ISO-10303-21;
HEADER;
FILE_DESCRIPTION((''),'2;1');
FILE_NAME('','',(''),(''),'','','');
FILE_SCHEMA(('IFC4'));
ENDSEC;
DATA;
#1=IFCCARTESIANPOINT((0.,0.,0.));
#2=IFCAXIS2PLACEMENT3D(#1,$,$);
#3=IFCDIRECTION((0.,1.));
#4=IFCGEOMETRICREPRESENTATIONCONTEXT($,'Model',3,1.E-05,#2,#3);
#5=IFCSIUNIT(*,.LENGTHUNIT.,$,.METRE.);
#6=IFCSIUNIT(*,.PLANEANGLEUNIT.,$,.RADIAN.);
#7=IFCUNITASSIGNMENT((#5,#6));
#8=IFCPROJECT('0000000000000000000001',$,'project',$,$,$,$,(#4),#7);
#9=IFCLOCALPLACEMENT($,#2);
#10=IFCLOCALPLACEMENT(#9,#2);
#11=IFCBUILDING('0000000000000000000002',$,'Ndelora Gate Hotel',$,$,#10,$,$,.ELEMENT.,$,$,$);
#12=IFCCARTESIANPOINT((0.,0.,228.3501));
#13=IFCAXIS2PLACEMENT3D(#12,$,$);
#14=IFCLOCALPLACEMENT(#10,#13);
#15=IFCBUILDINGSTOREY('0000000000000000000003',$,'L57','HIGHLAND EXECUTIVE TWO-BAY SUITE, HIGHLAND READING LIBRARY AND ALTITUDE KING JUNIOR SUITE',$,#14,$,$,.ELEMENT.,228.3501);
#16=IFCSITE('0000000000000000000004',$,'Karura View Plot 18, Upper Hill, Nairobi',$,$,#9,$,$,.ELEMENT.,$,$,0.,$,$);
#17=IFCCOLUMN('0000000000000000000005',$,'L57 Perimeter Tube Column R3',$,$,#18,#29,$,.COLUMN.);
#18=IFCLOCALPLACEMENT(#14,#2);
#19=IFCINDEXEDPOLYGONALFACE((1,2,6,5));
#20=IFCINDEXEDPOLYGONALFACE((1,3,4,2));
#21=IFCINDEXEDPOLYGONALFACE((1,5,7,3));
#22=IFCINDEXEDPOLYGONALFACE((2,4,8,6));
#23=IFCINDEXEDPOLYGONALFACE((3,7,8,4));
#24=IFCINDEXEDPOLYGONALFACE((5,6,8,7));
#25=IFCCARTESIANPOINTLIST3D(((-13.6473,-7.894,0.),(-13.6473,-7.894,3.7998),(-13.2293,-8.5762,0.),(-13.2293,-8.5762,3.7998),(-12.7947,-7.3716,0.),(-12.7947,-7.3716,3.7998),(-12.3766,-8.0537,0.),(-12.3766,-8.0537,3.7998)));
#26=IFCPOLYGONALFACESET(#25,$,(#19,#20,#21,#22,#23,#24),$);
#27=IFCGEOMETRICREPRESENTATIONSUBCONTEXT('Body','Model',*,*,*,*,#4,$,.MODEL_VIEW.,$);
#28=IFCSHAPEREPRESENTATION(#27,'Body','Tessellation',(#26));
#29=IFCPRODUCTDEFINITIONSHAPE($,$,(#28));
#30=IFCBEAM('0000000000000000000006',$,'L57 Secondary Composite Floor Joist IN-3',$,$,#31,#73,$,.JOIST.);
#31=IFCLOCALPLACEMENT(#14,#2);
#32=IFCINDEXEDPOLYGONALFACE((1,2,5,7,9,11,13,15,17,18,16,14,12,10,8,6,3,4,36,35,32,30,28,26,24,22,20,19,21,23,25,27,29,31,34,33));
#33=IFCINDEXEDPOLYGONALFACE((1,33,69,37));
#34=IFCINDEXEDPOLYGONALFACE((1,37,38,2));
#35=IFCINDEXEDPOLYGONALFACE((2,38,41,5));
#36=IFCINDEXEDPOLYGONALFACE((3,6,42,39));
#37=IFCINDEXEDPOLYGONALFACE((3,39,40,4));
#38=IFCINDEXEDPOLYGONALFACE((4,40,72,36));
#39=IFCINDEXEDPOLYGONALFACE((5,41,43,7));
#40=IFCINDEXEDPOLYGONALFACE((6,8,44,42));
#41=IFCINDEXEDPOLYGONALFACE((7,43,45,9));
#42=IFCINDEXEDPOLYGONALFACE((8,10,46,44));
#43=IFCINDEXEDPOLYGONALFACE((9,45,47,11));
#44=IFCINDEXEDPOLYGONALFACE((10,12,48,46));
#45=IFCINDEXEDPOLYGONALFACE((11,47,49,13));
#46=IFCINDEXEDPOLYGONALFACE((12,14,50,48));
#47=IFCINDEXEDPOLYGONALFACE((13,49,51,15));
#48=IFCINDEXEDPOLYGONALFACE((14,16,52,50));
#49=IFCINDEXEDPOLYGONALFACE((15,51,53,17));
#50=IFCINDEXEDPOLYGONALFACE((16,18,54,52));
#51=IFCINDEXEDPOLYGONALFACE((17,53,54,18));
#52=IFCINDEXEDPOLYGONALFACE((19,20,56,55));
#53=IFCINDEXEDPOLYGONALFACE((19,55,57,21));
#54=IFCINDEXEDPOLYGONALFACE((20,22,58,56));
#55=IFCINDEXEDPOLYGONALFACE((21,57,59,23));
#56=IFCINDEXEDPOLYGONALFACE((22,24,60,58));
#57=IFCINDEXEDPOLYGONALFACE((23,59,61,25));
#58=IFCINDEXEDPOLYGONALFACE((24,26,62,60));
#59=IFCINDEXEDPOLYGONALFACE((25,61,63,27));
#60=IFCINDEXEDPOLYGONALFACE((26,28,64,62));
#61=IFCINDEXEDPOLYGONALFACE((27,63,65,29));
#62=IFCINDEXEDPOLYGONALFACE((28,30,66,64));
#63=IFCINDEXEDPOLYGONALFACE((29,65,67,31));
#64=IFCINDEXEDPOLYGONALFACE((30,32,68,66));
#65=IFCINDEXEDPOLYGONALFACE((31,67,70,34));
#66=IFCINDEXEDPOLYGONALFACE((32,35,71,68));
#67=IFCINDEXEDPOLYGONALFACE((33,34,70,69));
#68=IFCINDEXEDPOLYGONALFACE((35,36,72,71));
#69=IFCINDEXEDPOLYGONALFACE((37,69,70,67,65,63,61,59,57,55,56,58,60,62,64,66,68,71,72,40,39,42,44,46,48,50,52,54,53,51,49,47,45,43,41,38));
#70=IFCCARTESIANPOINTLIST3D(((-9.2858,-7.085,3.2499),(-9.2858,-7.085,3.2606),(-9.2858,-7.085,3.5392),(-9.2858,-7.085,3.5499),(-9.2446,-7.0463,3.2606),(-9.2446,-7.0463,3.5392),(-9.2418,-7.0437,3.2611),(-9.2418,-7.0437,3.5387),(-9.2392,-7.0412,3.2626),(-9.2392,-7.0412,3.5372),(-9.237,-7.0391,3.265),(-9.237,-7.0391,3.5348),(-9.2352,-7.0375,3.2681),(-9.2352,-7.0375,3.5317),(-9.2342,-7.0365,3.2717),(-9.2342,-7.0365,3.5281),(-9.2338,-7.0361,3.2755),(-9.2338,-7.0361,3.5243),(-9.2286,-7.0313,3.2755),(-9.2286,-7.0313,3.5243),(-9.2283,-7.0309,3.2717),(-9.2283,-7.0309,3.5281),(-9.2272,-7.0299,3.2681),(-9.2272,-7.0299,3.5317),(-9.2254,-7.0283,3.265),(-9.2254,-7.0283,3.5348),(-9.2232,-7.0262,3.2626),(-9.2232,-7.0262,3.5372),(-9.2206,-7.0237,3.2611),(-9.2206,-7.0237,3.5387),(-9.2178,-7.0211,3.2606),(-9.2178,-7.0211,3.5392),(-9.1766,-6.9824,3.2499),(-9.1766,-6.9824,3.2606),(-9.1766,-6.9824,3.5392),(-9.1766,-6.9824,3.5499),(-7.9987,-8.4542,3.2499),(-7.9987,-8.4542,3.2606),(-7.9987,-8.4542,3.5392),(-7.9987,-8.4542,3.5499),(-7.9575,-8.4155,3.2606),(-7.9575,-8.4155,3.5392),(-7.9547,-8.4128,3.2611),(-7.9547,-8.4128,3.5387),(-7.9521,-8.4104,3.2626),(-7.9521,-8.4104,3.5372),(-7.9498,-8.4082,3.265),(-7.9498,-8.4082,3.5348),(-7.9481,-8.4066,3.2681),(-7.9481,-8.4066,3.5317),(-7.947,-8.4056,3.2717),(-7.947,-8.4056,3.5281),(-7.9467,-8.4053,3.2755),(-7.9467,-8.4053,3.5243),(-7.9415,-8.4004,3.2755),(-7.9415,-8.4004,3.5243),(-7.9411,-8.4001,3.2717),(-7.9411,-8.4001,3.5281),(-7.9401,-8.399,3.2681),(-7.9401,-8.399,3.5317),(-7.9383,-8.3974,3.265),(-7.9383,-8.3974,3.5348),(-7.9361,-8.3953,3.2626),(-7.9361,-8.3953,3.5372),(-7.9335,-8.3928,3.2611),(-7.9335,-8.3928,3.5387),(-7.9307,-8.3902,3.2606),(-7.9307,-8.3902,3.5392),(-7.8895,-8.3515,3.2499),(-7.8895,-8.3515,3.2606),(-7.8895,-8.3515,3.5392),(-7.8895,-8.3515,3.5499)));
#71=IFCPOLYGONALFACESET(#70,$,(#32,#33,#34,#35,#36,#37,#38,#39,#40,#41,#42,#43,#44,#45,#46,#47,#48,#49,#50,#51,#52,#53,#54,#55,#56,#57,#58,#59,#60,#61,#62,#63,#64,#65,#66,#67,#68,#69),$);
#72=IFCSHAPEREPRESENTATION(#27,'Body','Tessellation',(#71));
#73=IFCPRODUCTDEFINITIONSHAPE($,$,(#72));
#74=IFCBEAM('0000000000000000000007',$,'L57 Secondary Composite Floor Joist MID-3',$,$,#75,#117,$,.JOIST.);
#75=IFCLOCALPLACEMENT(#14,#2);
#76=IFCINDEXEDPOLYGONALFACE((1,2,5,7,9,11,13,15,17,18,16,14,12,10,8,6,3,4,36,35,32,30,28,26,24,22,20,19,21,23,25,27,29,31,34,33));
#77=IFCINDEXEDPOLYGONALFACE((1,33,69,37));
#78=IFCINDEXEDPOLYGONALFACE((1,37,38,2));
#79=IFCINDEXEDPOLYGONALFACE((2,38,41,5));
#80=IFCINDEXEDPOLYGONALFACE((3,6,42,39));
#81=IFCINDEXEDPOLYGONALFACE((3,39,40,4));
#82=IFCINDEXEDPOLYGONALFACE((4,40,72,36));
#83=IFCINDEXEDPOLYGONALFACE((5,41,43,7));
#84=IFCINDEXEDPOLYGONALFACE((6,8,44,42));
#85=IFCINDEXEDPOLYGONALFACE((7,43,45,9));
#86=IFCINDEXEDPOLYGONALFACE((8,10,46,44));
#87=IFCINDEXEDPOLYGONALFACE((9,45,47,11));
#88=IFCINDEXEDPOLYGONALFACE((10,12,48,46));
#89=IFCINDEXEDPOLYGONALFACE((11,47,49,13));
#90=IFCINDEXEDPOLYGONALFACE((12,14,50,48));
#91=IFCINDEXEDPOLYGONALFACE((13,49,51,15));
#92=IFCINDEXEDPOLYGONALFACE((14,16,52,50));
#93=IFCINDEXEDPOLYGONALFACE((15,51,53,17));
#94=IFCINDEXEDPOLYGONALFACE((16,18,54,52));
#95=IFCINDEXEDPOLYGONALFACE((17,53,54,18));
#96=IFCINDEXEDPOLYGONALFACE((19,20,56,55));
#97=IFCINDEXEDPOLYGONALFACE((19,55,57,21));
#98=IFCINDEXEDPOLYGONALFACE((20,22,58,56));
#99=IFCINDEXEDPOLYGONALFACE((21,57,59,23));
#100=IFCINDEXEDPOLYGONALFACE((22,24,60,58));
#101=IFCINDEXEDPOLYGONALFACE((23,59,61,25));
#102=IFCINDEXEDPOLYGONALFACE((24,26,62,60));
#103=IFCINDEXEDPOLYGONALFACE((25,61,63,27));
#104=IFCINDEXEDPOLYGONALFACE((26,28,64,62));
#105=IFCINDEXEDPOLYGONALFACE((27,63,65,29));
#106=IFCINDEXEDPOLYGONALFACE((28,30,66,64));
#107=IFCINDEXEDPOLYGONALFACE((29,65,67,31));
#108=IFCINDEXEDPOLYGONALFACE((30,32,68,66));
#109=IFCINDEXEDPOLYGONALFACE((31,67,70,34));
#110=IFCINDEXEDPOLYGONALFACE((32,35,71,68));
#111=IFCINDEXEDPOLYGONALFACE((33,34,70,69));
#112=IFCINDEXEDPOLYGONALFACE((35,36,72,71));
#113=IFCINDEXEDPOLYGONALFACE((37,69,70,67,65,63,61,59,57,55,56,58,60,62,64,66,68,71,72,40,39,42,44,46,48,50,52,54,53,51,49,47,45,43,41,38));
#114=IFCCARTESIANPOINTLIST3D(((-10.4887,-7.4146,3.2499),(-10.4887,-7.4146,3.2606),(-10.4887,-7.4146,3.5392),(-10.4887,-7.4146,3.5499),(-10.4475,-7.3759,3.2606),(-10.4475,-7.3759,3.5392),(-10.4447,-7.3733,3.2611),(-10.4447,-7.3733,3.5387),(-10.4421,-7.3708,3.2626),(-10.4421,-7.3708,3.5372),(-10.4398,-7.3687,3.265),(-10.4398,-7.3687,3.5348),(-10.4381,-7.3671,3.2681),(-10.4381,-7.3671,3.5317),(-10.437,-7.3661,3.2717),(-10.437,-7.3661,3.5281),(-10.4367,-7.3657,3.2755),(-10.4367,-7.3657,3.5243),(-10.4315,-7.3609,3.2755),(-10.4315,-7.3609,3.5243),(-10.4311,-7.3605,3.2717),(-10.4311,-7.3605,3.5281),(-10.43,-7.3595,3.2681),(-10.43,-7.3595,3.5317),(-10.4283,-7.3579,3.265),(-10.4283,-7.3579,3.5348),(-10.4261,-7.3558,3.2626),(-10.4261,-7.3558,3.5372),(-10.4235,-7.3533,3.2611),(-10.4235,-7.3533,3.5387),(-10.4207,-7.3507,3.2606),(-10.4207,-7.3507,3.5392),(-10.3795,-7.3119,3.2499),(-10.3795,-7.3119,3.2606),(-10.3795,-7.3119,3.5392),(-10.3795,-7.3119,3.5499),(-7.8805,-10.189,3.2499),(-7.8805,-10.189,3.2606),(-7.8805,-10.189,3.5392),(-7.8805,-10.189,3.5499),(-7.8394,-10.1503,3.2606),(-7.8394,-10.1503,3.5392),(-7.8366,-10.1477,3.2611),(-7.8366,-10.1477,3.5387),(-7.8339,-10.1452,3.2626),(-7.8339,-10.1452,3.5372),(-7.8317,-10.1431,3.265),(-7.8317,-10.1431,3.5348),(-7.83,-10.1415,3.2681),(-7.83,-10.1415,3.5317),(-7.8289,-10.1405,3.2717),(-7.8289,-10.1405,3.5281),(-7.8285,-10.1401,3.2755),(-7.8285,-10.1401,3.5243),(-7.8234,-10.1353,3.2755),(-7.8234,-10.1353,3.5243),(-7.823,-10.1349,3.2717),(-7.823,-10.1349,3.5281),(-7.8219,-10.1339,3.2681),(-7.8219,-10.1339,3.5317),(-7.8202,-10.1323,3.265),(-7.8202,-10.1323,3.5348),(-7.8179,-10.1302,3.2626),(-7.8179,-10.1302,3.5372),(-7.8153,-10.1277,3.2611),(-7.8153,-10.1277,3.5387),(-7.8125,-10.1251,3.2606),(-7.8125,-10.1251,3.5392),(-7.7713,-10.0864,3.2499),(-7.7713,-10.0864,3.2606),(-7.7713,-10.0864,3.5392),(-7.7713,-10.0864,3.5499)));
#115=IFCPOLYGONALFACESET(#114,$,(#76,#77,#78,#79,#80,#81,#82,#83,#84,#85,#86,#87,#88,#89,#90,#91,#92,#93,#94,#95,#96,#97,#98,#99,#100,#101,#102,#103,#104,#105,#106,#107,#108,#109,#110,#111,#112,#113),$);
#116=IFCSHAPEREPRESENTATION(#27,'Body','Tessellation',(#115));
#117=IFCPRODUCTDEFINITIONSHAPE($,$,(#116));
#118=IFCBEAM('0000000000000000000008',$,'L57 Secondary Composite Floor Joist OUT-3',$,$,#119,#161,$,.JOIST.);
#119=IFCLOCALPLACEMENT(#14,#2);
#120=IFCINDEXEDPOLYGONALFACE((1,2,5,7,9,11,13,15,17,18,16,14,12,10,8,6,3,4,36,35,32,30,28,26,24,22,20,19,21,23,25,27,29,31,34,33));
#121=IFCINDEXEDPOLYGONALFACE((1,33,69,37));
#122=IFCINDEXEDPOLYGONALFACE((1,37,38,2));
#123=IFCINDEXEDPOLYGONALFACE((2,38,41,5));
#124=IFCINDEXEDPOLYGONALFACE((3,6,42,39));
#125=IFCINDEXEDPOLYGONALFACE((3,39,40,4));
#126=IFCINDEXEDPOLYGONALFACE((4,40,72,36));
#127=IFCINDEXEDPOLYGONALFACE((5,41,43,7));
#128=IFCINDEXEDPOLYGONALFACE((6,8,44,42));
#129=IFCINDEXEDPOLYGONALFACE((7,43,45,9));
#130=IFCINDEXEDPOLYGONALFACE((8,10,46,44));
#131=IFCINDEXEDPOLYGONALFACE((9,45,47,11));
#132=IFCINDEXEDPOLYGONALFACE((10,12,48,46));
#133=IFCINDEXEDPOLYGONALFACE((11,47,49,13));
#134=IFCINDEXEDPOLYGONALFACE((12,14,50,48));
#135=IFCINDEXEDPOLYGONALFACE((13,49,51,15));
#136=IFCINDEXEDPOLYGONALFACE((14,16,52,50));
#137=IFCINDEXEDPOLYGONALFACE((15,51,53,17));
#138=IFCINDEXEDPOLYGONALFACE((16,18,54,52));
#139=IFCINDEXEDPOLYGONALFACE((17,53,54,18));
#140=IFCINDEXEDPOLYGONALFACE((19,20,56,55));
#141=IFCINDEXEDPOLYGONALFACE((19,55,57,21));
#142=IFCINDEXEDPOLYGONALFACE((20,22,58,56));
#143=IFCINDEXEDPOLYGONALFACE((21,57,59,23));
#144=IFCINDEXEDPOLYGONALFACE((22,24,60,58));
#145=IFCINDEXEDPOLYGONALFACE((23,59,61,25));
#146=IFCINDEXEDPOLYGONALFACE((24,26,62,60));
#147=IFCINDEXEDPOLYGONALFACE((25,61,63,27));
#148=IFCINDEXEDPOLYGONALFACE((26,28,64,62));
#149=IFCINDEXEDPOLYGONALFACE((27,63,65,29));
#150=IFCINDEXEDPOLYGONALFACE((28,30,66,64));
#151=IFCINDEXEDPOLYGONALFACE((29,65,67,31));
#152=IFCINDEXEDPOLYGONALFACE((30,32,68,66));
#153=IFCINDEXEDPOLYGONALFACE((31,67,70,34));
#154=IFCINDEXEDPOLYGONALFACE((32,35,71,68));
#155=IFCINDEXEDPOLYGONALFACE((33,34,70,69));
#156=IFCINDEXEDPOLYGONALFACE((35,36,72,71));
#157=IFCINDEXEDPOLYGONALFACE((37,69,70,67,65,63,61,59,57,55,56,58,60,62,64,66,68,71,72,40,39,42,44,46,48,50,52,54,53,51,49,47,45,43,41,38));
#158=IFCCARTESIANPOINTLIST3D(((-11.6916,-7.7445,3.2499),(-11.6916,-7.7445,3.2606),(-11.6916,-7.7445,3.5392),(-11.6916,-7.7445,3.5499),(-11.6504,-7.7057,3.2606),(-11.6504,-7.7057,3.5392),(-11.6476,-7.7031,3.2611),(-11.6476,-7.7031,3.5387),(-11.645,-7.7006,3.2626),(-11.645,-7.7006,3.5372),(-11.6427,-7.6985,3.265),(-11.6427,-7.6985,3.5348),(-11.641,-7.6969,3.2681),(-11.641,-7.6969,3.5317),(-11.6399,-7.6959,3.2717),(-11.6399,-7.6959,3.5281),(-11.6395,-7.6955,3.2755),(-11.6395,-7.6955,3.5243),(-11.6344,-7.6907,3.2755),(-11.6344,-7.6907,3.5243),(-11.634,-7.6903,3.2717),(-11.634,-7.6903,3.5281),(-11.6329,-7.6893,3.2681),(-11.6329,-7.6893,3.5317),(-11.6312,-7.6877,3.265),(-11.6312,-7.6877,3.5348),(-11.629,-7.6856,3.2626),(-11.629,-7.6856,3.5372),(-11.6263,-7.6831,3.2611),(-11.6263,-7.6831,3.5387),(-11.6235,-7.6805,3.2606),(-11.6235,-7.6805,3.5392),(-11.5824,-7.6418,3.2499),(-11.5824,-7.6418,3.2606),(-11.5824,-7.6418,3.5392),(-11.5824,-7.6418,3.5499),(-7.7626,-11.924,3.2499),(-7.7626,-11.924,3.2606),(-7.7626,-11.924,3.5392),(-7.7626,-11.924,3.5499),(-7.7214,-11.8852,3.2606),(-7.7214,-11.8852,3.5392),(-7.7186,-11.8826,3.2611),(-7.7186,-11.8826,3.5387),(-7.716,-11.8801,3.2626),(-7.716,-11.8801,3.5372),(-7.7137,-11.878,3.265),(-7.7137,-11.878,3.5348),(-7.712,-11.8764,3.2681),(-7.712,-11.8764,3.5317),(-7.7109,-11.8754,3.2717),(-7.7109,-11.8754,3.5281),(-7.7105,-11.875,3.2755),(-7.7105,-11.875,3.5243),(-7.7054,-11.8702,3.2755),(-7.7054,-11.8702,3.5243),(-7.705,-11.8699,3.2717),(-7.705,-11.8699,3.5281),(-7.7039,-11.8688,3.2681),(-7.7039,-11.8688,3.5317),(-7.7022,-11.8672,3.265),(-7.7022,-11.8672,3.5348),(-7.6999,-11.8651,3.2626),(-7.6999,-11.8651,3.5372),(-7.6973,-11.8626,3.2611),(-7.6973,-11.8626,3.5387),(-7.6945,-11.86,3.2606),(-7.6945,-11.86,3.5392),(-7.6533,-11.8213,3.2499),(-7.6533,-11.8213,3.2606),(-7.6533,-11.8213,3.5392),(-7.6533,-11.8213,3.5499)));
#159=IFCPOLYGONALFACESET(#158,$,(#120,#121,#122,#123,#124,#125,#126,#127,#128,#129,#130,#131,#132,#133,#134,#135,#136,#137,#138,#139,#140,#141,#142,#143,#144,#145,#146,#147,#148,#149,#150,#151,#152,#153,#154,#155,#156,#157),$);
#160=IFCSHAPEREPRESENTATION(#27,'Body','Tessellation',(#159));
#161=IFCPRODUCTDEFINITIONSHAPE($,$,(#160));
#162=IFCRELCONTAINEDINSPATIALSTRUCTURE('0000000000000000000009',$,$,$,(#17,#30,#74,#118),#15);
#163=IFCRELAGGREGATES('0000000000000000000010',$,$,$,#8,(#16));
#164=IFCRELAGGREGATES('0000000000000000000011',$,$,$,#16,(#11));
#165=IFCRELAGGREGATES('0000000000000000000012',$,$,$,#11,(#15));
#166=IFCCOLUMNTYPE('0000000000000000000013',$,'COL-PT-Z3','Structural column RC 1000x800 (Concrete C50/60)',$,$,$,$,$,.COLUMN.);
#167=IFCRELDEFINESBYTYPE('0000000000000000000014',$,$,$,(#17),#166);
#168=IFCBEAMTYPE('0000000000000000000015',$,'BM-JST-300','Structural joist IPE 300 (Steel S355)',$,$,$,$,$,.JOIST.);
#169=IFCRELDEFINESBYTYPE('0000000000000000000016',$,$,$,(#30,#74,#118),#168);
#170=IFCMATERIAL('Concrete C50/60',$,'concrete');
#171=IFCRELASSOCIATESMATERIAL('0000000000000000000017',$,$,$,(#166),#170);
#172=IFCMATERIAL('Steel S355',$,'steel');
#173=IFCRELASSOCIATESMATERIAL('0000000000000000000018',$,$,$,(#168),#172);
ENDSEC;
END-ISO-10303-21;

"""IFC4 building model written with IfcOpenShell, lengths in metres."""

from ifc_helpers import new_model, si_unit, direction, frame, origin, origin_2d, place, context, subcontext, project, spatial, rectangle, i_section, extrude, material, material_profile, profile_set, type_object, element, save


model = new_model("IFC4")

# Units and contexts
model_context = context("Model", 3, precision=1e-05, world=origin(), true_north=direction((0.0, 1.0)))
body_context = subcontext(model_context, "Body", "Model", "MODEL_VIEW")
ifc_project = project(units=[si_unit("LENGTHUNIT", "METRE"), si_unit("PLANEANGLEUNIT", "RADIAN")], contexts=[model_context])

# Site, building, storey
site_placement = place(None, origin())
site = spatial("IfcSite", under=ifc_project, at=site_placement, Name="Karura View Plot 18, Upper Hill, Nairobi", CompositionType="ELEMENT", RefElevation=0.0)
building_placement = place(site_placement, origin())
building = spatial("IfcBuilding", under=site, at=building_placement, Name="Ndelora Gate Hotel", CompositionType="ELEMENT")
storey_placement = place(building_placement, frame((0.0, 0.0, 228.3501)))
storey = spatial("IfcBuildingStorey", under=building, at=storey_placement, Name="L57", Description="HIGHLAND EXECUTIVE TWO-BAY SUITE, HIGHLAND READING LIBRARY AND ALTITUDE KING JUNIOR SUITE", CompositionType="ELEMENT", Elevation=228.3501)

# Column
ifc_material_1 = material(Name="Concrete C50/60", Category="concrete")
ifc_material_profile_1 = material_profile(ifc_material_1, rectangle(XDim=0.8, YDim=1.0, at=origin_2d()), Name="RC 1000x800")
ifc_profile_set_1 = profile_set([ifc_material_profile_1], Name="Concrete C50/60")
column_type = type_object("IfcColumnType", Name="COL-PT-Z3", Description="Structural column RC 1000x800 (Concrete C50/60)", PredefinedType="COLUMN", material=ifc_profile_set_1)
column_placement = place(storey_placement, frame((-13.012, -7.9739, 0.0), z_axis=(0.0, 0.0, 1.0), x_axis=(-0.522499, 0.85264, 0.0)))
element("IfcColumn", 1, at=column_placement, inside=storey, type_object=column_type, Name="L57 Perimeter Tube Column R3", PredefinedType="COLUMN", context=body_context, shape_type="SweptSolid", body=[
    extrude(rectangle(XDim=0.8, YDim=1.0, at=origin_2d()), origin(), (0.0, 0.0, 1.0), 3.7998),
])

# Beams
ifc_material_2 = material(Name="Steel S355", Category="steel")
ifc_material_profile_2 = material_profile(ifc_material_2, i_section(OverallWidth=0.1499, OverallDepth=0.3, WebThickness=0.0071, FlangeThickness=0.0107, FilletRadius=0.0149, at=origin_2d()), Name="IPE 300")
ifc_profile_set_2 = profile_set([ifc_material_profile_2], Name="Steel S355")
beam_type_1 = type_object("IfcBeamType", Name="BM-JST-300", Description="Structural joist IPE 300 (Steel S355)", PredefinedType="JOIST", material=ifc_profile_set_2)
beam_1_placement = place(storey_placement, frame((-9.2312, -7.0337, 3.3999), z_axis=(0.684943, -0.728597, 0.0), x_axis=(0.728597, 0.684943, 0.0)))
element("IfcBeam", 2, at=beam_1_placement, inside=storey, type_object=beam_type_1, Name="L57 Secondary Composite Floor Joist IN-3", PredefinedType="JOIST", context=body_context, shape_type="SweptSolid", body=[
    extrude(i_section(OverallWidth=0.1499, OverallDepth=0.3, WebThickness=0.0071, FlangeThickness=0.0107, FilletRadius=0.0149, at=origin_2d()), origin(), (0.0, 0.0, 1.0), 1.8792),
])
beam_2_placement = place(storey_placement, frame((-10.4341, -7.3633, 3.3999), z_axis=(0.684939, -0.728601, 0.0), x_axis=(0.728601, 0.684939, 0.0)))
element("IfcBeam", 3, at=beam_2_placement, inside=storey, type_object=beam_type_1, Name="L57 Secondary Composite Floor Joist MID-3", PredefinedType="JOIST", context=body_context, shape_type="SweptSolid", body=[
    extrude(i_section(OverallWidth=0.1499, OverallDepth=0.3, WebThickness=0.0071, FlangeThickness=0.0107, FilletRadius=0.0149, at=origin_2d()), origin(), (0.0, 0.0, 1.0), 3.8079),
])
beam_3_placement = place(storey_placement, frame((-11.637, -7.6931, 3.3999), z_axis=(0.684936, -0.728603, 0.0), x_axis=(0.728603, 0.684936, 0.0)))
element("IfcBeam", 4, at=beam_3_placement, inside=storey, type_object=beam_type_1, Name="L57 Secondary Composite Floor Joist OUT-3", PredefinedType="JOIST", context=body_context, shape_type="SweptSolid", body=[
    extrude(i_section(OverallWidth=0.1499, OverallDepth=0.3, WebThickness=0.0071, FlangeThickness=0.0107, FilletRadius=0.0149, at=origin_2d()), origin(), (0.0, 0.0, 1.0), 5.7363),
])

save(model, "model.ifc")
